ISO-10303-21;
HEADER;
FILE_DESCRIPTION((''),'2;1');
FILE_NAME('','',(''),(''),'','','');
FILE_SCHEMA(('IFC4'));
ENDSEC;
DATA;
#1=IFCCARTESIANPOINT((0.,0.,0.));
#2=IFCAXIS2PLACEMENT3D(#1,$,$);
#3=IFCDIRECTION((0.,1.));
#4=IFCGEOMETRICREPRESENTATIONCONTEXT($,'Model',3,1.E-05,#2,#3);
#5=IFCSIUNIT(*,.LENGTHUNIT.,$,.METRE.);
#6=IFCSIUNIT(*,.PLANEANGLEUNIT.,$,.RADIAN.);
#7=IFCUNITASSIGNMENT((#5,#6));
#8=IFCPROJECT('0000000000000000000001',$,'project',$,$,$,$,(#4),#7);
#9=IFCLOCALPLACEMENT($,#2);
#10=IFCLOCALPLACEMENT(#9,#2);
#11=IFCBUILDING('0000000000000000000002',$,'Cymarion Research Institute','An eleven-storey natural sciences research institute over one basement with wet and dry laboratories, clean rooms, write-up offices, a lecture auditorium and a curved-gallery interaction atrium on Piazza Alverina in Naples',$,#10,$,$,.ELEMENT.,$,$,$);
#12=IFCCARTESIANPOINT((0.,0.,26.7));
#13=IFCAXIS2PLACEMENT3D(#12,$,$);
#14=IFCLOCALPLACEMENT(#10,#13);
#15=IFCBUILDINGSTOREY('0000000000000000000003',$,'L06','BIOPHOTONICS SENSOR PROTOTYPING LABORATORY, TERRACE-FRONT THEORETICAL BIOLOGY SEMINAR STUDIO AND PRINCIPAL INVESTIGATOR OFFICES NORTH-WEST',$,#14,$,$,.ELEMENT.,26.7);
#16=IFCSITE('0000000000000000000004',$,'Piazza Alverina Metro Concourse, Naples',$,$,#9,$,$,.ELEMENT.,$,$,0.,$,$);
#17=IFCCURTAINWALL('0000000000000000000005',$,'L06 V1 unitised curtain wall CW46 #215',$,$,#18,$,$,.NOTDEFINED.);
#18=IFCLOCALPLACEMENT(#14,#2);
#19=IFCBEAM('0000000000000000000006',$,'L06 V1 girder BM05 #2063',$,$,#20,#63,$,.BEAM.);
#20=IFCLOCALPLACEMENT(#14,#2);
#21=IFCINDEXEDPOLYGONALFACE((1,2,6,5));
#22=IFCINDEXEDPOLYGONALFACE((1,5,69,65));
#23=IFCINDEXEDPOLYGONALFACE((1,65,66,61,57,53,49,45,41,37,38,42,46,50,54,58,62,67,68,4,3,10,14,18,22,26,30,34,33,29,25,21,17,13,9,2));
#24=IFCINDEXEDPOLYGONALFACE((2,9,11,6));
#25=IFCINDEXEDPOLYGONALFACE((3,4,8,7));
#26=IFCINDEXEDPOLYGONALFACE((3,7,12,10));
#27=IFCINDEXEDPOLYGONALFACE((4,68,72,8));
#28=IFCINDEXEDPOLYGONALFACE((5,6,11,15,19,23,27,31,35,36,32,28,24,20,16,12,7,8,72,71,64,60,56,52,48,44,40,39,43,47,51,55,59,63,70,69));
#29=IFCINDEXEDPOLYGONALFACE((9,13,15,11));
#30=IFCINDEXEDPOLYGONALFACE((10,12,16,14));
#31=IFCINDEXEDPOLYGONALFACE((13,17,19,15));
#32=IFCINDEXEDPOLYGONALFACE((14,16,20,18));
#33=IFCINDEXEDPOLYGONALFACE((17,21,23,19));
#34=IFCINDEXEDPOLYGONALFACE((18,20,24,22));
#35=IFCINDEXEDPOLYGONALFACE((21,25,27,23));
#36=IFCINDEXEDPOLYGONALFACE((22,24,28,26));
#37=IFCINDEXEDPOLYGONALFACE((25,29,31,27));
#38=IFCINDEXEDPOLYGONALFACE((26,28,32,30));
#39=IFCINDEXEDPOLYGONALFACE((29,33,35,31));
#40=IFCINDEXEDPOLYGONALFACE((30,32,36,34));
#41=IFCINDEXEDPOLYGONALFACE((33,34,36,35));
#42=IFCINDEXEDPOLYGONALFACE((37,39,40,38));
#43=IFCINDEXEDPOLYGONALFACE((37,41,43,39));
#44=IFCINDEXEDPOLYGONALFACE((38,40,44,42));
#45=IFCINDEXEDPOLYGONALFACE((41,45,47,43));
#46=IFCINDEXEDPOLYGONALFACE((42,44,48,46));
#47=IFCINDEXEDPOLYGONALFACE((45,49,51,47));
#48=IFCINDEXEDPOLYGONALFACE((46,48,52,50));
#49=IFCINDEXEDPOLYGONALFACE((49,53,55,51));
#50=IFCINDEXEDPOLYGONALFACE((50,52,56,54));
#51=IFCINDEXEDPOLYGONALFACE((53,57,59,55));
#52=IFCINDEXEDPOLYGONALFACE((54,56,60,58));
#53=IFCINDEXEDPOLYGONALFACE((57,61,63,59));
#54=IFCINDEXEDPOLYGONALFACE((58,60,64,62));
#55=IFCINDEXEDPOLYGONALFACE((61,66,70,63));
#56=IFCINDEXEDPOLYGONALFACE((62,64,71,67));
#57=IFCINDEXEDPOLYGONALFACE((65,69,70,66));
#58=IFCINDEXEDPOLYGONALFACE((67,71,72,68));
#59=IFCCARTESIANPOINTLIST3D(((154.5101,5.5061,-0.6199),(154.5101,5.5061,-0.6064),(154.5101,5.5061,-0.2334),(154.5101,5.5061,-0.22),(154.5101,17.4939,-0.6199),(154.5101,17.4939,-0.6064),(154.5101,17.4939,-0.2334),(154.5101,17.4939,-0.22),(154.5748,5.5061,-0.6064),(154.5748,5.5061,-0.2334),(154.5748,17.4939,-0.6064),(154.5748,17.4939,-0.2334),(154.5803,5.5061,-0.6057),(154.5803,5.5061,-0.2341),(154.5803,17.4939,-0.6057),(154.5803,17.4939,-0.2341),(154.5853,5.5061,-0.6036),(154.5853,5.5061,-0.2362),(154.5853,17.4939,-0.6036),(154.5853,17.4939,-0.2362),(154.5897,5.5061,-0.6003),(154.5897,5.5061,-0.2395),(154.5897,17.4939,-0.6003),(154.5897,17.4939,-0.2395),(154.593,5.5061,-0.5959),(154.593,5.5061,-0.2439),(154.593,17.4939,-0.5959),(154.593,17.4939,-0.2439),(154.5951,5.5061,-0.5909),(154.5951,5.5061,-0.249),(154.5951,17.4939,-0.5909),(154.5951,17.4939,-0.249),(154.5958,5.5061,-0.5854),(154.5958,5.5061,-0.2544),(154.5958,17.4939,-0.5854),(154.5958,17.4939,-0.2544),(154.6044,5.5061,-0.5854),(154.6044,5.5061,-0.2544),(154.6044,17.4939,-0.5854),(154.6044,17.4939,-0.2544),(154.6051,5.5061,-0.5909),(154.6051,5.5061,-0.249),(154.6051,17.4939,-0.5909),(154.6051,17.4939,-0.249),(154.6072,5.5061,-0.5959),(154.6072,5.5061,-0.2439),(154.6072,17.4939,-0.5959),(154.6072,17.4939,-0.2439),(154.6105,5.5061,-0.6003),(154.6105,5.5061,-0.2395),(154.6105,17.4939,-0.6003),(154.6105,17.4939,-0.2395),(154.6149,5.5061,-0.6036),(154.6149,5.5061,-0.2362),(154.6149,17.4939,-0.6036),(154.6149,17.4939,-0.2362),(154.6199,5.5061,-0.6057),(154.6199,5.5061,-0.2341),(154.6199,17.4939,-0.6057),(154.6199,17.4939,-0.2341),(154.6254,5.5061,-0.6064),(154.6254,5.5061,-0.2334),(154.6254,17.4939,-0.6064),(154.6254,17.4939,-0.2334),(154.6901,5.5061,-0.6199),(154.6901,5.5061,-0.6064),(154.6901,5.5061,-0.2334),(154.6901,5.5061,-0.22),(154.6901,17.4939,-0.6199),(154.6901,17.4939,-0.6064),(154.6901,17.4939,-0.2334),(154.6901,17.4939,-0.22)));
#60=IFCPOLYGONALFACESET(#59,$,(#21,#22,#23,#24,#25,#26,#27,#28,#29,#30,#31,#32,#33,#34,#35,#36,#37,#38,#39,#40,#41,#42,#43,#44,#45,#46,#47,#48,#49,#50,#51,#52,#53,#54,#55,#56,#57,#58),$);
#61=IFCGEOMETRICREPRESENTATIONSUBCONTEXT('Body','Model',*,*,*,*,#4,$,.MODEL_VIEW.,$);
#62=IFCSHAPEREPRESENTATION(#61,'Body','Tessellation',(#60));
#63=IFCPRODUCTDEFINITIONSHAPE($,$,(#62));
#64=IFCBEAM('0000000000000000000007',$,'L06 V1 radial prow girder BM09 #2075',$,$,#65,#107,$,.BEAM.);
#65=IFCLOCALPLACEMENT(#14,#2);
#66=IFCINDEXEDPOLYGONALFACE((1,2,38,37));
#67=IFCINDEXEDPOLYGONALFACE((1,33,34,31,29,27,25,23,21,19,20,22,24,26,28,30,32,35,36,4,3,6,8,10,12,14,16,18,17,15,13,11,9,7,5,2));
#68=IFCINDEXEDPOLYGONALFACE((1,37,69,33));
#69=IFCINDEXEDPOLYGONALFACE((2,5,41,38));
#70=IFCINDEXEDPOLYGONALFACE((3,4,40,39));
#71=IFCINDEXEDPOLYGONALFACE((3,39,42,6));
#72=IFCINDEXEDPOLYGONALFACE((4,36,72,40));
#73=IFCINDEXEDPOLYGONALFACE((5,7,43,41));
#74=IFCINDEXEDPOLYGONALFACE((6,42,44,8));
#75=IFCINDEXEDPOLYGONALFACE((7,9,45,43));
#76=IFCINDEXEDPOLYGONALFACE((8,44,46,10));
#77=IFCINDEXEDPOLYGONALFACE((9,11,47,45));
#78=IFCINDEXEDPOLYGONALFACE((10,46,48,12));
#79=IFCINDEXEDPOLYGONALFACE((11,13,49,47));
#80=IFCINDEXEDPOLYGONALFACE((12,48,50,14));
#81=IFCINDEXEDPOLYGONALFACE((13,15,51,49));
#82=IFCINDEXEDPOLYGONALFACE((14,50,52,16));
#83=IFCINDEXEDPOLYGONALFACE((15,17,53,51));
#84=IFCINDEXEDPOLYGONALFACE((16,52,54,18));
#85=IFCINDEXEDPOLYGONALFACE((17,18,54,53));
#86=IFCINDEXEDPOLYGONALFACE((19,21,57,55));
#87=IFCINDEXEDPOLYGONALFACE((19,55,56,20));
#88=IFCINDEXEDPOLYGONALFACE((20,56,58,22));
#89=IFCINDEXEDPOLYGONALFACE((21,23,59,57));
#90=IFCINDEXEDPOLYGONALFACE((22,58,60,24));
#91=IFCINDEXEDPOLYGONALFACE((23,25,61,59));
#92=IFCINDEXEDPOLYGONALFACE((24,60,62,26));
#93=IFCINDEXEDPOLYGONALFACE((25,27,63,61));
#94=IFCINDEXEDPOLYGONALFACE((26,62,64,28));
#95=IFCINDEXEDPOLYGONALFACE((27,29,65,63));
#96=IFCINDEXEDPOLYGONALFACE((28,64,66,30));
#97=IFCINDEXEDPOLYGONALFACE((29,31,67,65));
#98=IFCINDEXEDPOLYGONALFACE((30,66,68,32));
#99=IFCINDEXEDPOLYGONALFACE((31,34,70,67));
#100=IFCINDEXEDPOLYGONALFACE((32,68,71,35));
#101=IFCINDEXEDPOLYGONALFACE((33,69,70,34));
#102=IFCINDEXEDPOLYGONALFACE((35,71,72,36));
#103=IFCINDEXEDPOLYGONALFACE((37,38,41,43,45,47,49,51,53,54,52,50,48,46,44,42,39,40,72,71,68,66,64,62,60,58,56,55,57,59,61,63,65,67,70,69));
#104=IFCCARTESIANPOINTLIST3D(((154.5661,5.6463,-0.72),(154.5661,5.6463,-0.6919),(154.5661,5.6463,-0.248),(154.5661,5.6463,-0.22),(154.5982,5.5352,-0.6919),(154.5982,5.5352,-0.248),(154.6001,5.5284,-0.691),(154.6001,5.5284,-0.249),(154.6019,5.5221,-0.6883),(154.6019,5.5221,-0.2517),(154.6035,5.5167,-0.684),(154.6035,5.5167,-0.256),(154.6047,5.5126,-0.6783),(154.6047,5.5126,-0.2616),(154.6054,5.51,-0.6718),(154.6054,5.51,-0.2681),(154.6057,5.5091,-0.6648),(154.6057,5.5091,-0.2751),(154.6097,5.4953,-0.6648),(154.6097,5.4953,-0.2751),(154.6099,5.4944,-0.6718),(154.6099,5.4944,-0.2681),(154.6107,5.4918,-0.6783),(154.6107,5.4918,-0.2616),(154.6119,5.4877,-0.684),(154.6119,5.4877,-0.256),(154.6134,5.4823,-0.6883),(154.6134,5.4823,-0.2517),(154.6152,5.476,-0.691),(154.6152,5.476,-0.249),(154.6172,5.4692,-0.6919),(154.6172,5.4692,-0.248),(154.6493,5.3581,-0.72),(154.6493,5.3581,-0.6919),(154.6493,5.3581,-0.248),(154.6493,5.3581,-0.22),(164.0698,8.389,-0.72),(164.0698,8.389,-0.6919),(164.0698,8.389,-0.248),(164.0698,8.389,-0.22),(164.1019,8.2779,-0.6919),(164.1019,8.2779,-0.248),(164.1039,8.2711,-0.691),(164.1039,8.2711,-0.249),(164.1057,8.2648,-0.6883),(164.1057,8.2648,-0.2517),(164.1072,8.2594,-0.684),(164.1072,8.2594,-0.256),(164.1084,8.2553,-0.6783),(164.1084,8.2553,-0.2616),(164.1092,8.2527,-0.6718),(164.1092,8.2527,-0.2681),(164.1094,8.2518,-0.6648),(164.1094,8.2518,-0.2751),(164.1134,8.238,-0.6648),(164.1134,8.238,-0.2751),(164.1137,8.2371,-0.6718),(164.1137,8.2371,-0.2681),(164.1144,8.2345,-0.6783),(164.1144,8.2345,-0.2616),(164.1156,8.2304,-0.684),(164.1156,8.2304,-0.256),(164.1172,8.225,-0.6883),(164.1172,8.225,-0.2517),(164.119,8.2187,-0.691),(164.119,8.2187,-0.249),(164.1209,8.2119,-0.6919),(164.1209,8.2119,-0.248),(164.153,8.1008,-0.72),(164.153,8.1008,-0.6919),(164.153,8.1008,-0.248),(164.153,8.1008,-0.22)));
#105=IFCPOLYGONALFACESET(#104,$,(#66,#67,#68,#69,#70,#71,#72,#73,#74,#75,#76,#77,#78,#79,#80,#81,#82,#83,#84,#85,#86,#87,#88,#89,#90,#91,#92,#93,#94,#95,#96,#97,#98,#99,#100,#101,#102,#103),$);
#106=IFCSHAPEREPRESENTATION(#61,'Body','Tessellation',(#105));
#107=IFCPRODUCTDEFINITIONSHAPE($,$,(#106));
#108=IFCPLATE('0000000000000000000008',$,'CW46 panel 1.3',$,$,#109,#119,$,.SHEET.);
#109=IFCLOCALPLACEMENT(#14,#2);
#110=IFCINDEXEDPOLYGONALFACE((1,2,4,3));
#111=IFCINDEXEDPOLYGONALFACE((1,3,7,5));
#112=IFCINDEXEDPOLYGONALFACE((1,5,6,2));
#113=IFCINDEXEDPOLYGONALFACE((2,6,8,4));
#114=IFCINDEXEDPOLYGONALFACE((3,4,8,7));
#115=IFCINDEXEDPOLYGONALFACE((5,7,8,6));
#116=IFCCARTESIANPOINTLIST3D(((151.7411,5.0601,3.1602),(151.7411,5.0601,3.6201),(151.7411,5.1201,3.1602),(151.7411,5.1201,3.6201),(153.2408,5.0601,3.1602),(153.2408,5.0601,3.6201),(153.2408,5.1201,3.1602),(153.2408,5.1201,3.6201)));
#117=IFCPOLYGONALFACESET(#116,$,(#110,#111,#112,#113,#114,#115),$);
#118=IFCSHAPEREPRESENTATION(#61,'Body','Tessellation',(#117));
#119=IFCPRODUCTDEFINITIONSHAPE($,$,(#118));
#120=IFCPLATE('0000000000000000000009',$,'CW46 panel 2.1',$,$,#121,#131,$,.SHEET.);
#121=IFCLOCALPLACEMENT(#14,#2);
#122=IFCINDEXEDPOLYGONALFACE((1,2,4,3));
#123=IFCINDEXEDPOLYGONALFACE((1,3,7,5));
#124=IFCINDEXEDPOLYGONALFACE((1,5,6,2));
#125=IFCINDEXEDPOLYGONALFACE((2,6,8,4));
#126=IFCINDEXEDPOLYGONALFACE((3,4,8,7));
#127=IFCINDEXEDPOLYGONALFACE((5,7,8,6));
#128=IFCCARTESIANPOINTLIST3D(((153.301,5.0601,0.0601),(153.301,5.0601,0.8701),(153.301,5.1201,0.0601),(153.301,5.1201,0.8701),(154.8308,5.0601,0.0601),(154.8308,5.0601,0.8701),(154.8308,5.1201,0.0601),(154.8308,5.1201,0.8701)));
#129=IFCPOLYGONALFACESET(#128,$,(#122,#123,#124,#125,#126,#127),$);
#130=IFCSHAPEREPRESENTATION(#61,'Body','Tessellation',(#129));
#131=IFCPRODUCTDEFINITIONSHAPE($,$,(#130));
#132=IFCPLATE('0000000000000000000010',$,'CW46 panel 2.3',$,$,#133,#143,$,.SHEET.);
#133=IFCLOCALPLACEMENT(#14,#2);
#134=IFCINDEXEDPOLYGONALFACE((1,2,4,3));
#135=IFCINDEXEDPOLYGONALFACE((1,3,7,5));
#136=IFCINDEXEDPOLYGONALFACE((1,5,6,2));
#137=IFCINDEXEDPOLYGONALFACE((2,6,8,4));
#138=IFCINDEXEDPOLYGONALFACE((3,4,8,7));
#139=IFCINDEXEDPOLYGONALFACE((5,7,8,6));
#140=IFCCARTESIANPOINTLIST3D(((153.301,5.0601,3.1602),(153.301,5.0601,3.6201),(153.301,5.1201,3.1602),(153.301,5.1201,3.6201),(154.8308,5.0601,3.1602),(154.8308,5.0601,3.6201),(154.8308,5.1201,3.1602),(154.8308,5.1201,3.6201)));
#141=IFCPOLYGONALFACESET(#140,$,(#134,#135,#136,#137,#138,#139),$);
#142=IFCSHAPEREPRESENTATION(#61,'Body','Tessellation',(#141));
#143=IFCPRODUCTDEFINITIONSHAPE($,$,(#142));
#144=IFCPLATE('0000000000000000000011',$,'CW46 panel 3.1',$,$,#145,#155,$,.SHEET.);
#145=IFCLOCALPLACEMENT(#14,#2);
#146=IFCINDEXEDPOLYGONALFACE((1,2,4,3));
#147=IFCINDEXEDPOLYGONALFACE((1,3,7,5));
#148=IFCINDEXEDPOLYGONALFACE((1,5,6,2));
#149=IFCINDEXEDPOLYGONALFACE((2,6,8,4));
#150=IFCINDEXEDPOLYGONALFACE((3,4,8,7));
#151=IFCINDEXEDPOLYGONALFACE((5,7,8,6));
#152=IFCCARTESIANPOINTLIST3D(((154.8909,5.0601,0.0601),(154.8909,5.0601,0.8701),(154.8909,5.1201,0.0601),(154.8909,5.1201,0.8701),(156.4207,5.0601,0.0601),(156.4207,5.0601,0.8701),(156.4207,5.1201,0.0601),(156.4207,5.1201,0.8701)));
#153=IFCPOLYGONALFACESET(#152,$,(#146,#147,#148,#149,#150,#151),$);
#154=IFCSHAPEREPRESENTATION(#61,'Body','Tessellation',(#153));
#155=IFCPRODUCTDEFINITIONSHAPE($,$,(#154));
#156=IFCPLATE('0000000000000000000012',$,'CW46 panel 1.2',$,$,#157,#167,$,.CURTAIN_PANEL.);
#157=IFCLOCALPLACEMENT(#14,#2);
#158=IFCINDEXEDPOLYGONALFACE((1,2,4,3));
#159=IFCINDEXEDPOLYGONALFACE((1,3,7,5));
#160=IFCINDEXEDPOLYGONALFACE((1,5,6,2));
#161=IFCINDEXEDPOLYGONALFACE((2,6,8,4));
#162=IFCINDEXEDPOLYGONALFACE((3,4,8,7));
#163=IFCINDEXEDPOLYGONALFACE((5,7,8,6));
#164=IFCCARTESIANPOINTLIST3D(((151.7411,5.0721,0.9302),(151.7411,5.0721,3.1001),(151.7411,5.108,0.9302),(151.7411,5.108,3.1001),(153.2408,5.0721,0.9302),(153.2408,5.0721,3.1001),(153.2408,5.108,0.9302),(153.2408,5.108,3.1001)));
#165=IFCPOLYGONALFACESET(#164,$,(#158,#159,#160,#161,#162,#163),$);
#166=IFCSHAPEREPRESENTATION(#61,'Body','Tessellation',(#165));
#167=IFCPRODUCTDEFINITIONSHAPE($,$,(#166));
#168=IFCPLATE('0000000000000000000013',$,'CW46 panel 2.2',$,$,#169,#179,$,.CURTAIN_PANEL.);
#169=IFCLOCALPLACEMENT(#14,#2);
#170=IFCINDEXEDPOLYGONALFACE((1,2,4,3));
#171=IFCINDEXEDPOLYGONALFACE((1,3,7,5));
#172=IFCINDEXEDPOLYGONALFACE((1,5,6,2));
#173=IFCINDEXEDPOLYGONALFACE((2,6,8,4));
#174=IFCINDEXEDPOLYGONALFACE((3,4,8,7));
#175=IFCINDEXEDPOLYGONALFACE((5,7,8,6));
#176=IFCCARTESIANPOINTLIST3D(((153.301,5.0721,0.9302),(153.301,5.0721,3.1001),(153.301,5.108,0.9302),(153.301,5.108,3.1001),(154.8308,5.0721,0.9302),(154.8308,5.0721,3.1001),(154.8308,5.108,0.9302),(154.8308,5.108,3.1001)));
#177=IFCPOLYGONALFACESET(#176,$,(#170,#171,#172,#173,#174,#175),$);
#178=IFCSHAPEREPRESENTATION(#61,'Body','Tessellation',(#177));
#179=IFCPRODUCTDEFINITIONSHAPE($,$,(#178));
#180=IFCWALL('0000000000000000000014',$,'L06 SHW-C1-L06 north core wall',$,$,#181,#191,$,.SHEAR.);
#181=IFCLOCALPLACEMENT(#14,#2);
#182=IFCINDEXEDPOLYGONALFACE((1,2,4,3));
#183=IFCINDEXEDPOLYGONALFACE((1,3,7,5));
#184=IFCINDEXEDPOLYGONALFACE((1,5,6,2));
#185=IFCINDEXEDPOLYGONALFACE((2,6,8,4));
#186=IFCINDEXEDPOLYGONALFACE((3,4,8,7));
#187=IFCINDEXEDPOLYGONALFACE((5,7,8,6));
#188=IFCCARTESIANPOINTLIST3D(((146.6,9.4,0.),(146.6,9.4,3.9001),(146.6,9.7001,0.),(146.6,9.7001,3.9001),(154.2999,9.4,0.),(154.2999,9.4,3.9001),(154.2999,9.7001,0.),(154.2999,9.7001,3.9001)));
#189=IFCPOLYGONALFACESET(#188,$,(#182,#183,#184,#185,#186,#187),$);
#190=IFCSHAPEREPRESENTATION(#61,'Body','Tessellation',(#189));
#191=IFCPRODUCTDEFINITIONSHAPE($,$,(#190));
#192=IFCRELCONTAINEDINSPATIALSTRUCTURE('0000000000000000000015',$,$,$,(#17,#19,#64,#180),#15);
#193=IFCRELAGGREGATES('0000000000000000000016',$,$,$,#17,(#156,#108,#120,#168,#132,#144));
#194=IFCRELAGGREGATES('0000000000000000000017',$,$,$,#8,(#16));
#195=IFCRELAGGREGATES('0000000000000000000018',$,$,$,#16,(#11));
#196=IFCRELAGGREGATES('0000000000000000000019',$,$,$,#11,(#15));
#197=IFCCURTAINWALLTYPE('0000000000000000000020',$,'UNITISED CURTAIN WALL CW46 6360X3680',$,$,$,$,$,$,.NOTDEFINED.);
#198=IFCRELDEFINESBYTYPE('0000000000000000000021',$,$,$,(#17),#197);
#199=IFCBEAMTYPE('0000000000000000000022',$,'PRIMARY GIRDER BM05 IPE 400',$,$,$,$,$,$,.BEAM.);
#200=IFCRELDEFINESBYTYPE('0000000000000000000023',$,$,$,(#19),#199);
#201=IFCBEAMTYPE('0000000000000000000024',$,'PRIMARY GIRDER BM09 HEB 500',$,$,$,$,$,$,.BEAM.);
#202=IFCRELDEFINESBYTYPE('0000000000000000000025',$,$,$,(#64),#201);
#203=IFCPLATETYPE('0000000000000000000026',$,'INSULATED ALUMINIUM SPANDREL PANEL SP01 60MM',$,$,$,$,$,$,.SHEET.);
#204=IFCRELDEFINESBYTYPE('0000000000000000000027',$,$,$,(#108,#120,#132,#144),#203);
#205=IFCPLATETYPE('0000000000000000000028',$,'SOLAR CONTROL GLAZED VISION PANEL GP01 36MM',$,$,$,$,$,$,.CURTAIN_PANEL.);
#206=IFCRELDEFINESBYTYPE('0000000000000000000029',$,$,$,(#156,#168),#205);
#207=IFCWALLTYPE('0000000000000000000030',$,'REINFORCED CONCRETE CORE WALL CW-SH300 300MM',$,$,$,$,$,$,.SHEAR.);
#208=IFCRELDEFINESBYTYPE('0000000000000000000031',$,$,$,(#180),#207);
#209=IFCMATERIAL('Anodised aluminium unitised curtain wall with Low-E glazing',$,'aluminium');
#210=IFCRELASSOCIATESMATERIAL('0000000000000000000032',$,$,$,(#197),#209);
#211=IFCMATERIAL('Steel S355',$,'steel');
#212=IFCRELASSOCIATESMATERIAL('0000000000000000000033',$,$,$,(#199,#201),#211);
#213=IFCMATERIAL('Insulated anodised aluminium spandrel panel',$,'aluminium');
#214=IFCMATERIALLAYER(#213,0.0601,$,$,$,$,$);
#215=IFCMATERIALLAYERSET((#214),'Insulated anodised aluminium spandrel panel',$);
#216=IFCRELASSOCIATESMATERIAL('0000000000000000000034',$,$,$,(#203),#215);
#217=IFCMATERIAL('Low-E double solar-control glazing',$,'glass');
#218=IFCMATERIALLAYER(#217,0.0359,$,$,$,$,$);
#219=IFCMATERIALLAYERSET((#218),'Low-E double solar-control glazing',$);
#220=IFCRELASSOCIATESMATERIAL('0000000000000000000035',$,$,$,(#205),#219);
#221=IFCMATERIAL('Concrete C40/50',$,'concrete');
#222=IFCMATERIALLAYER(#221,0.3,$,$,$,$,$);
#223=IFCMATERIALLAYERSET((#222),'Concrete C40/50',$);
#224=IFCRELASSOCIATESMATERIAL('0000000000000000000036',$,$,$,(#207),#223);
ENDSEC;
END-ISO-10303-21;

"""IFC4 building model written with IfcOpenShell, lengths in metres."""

from ifc_helpers import new_model, si_unit, direction, frame, frame_2d, origin, origin_2d, place, context, subcontext, project, spatial, rectangle, i_section, extrude, material, layer, layer_set, material_profile, profile_set, type_object, element, aggregate, save


model = new_model("IFC4")

# Units and contexts
model_context = context("Model", 3, precision=1e-05, world=origin(), true_north=direction((0.0, 1.0)))
body_context = subcontext(model_context, "Body", "Model", "MODEL_VIEW")
ifc_project = project(units=[si_unit("LENGTHUNIT", "METRE"), si_unit("PLANEANGLEUNIT", "RADIAN")], contexts=[model_context])

# Site, building, storey
site_placement = place(None, origin())
site = spatial("IfcSite", under=ifc_project, at=site_placement, Name="Piazza Alverina Metro Concourse, Naples", CompositionType="ELEMENT", RefElevation=0.0)
building_placement = place(site_placement, origin())
building = spatial("IfcBuilding", under=site, at=building_placement, Name="Cymarion Research Institute", Description="An eleven-storey natural sciences research institute over one basement with wet and dry laboratories, clean rooms, write-up offices, a lecture auditorium and a curved-gallery interaction atrium on Piazza Alverina in Naples", CompositionType="ELEMENT")
storey_placement = place(building_placement, frame((0.0, 0.0, 26.7)))
storey = spatial("IfcBuildingStorey", under=building, at=storey_placement, Name="L06", Description="BIOPHOTONICS SENSOR PROTOTYPING LABORATORY, TERRACE-FRONT THEORETICAL BIOLOGY SEMINAR STUDIO AND PRINCIPAL INVESTIGATOR OFFICES NORTH-WEST", CompositionType="ELEMENT", Elevation=26.7)

# Shared definitions
ifc_material_1 = material(Name="Steel S355", Category="steel")

# Curtain wall
ifc_material_2 = material(Name="Anodised aluminium unitised curtain wall with Low-E glazing", Category="aluminium")
curtain_wall_type = type_object("IfcCurtainWallType", Name="UNITISED CURTAIN WALL CW46 6360X3680", PredefinedType="NOTDEFINED", material=ifc_material_2)
curtain_wall_placement = place(storey_placement, origin())
curtain_wall = element("IfcCurtainWall", 1, at=curtain_wall_placement, inside=storey, type_object=curtain_wall_type, Name="L06 V1 unitised curtain wall CW46 #215", PredefinedType="NOTDEFINED")

# Beams
ifc_material_profile_1 = material_profile(ifc_material_1, i_section(OverallWidth=0.1799, OverallDepth=0.3999, WebThickness=0.0085, FlangeThickness=0.0134, FilletRadius=0.021, at=origin_2d()), Name="IPE 400")
ifc_profile_set_1 = profile_set([ifc_material_profile_1], Name="Steel S355")
beam_type_1 = type_object("IfcBeamType", Name="PRIMARY GIRDER BM05 IPE 400", PredefinedType="BEAM", material=ifc_profile_set_1)
beam_1_placement = place(storey_placement, frame((154.6001, 5.5061, -0.4199), z_axis=(0.0, 1.0, 0.0), x_axis=(-1.0, 0.0, 0.0)))
element("IfcBeam", 2, at=beam_1_placement, inside=storey, type_object=beam_type_1, Name="L06 V1 girder BM05 #2063", PredefinedType="BEAM", context=body_context, shape_type="SweptSolid", body=[
    extrude(i_section(OverallWidth=0.1799, OverallDepth=0.3999, WebThickness=0.0085, FlangeThickness=0.0134, FilletRadius=0.021, at=origin_2d()), origin(), (0.0, 0.0, 1.0), 11.9878),
])
ifc_material_profile_2 = material_profile(ifc_material_1, i_section(OverallWidth=0.3, OverallDepth=0.5, WebThickness=0.0144, FlangeThickness=0.0281, FilletRadius=0.0271, at=origin_2d()), Name="HEB 500")
ifc_profile_set_2 = profile_set([ifc_material_profile_2], Name="Steel S355")
beam_type_2 = type_object("IfcBeamType", Name="PRIMARY GIRDER BM09 HEB 500", PredefinedType="BEAM", material=ifc_profile_set_2)
beam_2_placement = place(storey_placement, frame((154.6077, 5.5022, -0.47), z_axis=(0.96079, 0.277276, 0.0), x_axis=(-0.277276, 0.96079, 0.0)))
element("IfcBeam", 3, at=beam_2_placement, inside=storey, type_object=beam_type_2, Name="L06 V1 radial prow girder BM09 #2075", PredefinedType="BEAM", context=body_context, shape_type="SweptSolid", body=[
    extrude(i_section(OverallWidth=0.3, OverallDepth=0.5, WebThickness=0.0144, FlangeThickness=0.0281, FilletRadius=0.0271, at=origin_2d()), origin(), (0.0, 0.0, 1.0), 9.8916),
])

# Plates
ifc_material_3 = material(Name="Insulated anodised aluminium spandrel panel", Category="aluminium")
ifc_layer_1 = layer(ifc_material_3, 0.0601)
ifc_layer_set_1 = layer_set([ifc_layer_1], Name="Insulated anodised aluminium spandrel panel")
plate_type_1 = type_object("IfcPlateType", Name="INSULATED ALUMINIUM SPANDREL PANEL SP01 60MM", PredefinedType="SHEET", material=ifc_layer_set_1)
plate_1_placement = place(storey_placement, frame((152.491, 5.0901, 3.1602), z_axis=(0.0, 0.0, 1.0), x_axis=(1.0, 0.0, 0.0)))
plate_1 = element("IfcPlate", 4, at=plate_1_placement, type_object=plate_type_1, Name="CW46 panel 1.3", PredefinedType="SHEET", context=body_context, shape_type="SweptSolid", body=[
    extrude(rectangle(XDim=1.4998, YDim=0.0601, at=origin_2d()), origin(), (0.0, 0.0, 1.0), 0.46),
])
plate_2_placement = place(storey_placement, frame((154.0659, 5.0901, 0.0601), z_axis=(0.0, 0.0, 1.0), x_axis=(1.0, 0.0, 0.0)))
plate_2 = element("IfcPlate", 5, at=plate_2_placement, type_object=plate_type_1, Name="CW46 panel 2.1", PredefinedType="SHEET", context=body_context, shape_type="SweptSolid", body=[
    extrude(rectangle(XDim=1.5298, YDim=0.0601, at=origin_2d()), origin(), (0.0, 0.0, 1.0), 0.8101),
])
plate_3_placement = place(storey_placement, frame((154.0659, 5.0901, 3.1602), z_axis=(0.0, 0.0, 1.0), x_axis=(1.0, 0.0, 0.0)))
plate_3 = element("IfcPlate", 6, at=plate_3_placement, type_object=plate_type_1, Name="CW46 panel 2.3", PredefinedType="SHEET", context=body_context, shape_type="SweptSolid", body=[
    extrude(rectangle(XDim=1.5298, YDim=0.0601, at=origin_2d()), origin(), (0.0, 0.0, 1.0), 0.46),
])
plate_4_placement = place(storey_placement, frame((155.6558, 5.0901, 0.0601), z_axis=(0.0, 0.0, 1.0), x_axis=(1.0, 0.0, 0.0)))
plate_4 = element("IfcPlate", 7, at=plate_4_placement, type_object=plate_type_1, Name="CW46 panel 3.1", PredefinedType="SHEET", context=body_context, shape_type="SweptSolid", body=[
    extrude(rectangle(XDim=1.5298, YDim=0.0601, at=origin_2d()), origin(), (0.0, 0.0, 1.0), 0.8101),
])
ifc_material_4 = material(Name="Low-E double solar-control glazing", Category="glass")
ifc_layer_2 = layer(ifc_material_4, 0.0359)
ifc_layer_set_2 = layer_set([ifc_layer_2], Name="Low-E double solar-control glazing")
plate_type_2 = type_object("IfcPlateType", Name="SOLAR CONTROL GLAZED VISION PANEL GP01 36MM", PredefinedType="CURTAIN_PANEL", material=ifc_layer_set_2)
plate_5_placement = place(storey_placement, frame((152.491, 5.0901, 0.9302), z_axis=(0.0, 0.0, 1.0), x_axis=(1.0, 0.0, 0.0)))
plate_5 = element("IfcPlate", 8, at=plate_5_placement, type_object=plate_type_2, Name="CW46 panel 1.2", PredefinedType="CURTAIN_PANEL", context=body_context, shape_type="SweptSolid", body=[
    extrude(rectangle(XDim=1.4998, YDim=0.0359, at=origin_2d()), origin(), (0.0, 0.0, 1.0), 2.1699),
])
plate_6_placement = place(storey_placement, frame((154.0659, 5.0901, 0.9302), z_axis=(0.0, 0.0, 1.0), x_axis=(1.0, 0.0, 0.0)))
plate_6 = element("IfcPlate", 9, at=plate_6_placement, type_object=plate_type_2, Name="CW46 panel 2.2", PredefinedType="CURTAIN_PANEL", context=body_context, shape_type="SweptSolid", body=[
    extrude(rectangle(XDim=1.5298, YDim=0.0359, at=origin_2d()), origin(), (0.0, 0.0, 1.0), 2.1699),
])
aggregate(curtain_wall, [plate_5, plate_1, plate_2, plate_6, plate_3, plate_4])

# Wall
ifc_material_5 = material(Name="Concrete C40/50", Category="concrete")
ifc_layer_3 = layer(ifc_material_5, 0.3)
ifc_layer_set_3 = layer_set([ifc_layer_3], Name="Concrete C40/50")
wall_type = type_object("IfcWallType", Name="REINFORCED CONCRETE CORE WALL CW-SH300 300MM", PredefinedType="SHEAR", material=ifc_layer_set_3)
wall_1_placement = place(storey_placement, frame((154.3, 9.55, 0.0), z_axis=(0.0, 0.0, 1.0), x_axis=(-1.0, 0.0, 0.0)))
element("IfcWall", 10, at=wall_1_placement, inside=storey, type_object=wall_type, Name="L06 SHW-C1-L06 north core wall", PredefinedType="SHEAR", context=body_context, shape_type="SweptSolid", body=[
    extrude(rectangle(XDim=7.7, YDim=0.3, at=frame_2d((3.8501, 0.0))), origin(), (0.0, 0.0, 1.0), 3.9001),
])

save(model, "model.ifc")
